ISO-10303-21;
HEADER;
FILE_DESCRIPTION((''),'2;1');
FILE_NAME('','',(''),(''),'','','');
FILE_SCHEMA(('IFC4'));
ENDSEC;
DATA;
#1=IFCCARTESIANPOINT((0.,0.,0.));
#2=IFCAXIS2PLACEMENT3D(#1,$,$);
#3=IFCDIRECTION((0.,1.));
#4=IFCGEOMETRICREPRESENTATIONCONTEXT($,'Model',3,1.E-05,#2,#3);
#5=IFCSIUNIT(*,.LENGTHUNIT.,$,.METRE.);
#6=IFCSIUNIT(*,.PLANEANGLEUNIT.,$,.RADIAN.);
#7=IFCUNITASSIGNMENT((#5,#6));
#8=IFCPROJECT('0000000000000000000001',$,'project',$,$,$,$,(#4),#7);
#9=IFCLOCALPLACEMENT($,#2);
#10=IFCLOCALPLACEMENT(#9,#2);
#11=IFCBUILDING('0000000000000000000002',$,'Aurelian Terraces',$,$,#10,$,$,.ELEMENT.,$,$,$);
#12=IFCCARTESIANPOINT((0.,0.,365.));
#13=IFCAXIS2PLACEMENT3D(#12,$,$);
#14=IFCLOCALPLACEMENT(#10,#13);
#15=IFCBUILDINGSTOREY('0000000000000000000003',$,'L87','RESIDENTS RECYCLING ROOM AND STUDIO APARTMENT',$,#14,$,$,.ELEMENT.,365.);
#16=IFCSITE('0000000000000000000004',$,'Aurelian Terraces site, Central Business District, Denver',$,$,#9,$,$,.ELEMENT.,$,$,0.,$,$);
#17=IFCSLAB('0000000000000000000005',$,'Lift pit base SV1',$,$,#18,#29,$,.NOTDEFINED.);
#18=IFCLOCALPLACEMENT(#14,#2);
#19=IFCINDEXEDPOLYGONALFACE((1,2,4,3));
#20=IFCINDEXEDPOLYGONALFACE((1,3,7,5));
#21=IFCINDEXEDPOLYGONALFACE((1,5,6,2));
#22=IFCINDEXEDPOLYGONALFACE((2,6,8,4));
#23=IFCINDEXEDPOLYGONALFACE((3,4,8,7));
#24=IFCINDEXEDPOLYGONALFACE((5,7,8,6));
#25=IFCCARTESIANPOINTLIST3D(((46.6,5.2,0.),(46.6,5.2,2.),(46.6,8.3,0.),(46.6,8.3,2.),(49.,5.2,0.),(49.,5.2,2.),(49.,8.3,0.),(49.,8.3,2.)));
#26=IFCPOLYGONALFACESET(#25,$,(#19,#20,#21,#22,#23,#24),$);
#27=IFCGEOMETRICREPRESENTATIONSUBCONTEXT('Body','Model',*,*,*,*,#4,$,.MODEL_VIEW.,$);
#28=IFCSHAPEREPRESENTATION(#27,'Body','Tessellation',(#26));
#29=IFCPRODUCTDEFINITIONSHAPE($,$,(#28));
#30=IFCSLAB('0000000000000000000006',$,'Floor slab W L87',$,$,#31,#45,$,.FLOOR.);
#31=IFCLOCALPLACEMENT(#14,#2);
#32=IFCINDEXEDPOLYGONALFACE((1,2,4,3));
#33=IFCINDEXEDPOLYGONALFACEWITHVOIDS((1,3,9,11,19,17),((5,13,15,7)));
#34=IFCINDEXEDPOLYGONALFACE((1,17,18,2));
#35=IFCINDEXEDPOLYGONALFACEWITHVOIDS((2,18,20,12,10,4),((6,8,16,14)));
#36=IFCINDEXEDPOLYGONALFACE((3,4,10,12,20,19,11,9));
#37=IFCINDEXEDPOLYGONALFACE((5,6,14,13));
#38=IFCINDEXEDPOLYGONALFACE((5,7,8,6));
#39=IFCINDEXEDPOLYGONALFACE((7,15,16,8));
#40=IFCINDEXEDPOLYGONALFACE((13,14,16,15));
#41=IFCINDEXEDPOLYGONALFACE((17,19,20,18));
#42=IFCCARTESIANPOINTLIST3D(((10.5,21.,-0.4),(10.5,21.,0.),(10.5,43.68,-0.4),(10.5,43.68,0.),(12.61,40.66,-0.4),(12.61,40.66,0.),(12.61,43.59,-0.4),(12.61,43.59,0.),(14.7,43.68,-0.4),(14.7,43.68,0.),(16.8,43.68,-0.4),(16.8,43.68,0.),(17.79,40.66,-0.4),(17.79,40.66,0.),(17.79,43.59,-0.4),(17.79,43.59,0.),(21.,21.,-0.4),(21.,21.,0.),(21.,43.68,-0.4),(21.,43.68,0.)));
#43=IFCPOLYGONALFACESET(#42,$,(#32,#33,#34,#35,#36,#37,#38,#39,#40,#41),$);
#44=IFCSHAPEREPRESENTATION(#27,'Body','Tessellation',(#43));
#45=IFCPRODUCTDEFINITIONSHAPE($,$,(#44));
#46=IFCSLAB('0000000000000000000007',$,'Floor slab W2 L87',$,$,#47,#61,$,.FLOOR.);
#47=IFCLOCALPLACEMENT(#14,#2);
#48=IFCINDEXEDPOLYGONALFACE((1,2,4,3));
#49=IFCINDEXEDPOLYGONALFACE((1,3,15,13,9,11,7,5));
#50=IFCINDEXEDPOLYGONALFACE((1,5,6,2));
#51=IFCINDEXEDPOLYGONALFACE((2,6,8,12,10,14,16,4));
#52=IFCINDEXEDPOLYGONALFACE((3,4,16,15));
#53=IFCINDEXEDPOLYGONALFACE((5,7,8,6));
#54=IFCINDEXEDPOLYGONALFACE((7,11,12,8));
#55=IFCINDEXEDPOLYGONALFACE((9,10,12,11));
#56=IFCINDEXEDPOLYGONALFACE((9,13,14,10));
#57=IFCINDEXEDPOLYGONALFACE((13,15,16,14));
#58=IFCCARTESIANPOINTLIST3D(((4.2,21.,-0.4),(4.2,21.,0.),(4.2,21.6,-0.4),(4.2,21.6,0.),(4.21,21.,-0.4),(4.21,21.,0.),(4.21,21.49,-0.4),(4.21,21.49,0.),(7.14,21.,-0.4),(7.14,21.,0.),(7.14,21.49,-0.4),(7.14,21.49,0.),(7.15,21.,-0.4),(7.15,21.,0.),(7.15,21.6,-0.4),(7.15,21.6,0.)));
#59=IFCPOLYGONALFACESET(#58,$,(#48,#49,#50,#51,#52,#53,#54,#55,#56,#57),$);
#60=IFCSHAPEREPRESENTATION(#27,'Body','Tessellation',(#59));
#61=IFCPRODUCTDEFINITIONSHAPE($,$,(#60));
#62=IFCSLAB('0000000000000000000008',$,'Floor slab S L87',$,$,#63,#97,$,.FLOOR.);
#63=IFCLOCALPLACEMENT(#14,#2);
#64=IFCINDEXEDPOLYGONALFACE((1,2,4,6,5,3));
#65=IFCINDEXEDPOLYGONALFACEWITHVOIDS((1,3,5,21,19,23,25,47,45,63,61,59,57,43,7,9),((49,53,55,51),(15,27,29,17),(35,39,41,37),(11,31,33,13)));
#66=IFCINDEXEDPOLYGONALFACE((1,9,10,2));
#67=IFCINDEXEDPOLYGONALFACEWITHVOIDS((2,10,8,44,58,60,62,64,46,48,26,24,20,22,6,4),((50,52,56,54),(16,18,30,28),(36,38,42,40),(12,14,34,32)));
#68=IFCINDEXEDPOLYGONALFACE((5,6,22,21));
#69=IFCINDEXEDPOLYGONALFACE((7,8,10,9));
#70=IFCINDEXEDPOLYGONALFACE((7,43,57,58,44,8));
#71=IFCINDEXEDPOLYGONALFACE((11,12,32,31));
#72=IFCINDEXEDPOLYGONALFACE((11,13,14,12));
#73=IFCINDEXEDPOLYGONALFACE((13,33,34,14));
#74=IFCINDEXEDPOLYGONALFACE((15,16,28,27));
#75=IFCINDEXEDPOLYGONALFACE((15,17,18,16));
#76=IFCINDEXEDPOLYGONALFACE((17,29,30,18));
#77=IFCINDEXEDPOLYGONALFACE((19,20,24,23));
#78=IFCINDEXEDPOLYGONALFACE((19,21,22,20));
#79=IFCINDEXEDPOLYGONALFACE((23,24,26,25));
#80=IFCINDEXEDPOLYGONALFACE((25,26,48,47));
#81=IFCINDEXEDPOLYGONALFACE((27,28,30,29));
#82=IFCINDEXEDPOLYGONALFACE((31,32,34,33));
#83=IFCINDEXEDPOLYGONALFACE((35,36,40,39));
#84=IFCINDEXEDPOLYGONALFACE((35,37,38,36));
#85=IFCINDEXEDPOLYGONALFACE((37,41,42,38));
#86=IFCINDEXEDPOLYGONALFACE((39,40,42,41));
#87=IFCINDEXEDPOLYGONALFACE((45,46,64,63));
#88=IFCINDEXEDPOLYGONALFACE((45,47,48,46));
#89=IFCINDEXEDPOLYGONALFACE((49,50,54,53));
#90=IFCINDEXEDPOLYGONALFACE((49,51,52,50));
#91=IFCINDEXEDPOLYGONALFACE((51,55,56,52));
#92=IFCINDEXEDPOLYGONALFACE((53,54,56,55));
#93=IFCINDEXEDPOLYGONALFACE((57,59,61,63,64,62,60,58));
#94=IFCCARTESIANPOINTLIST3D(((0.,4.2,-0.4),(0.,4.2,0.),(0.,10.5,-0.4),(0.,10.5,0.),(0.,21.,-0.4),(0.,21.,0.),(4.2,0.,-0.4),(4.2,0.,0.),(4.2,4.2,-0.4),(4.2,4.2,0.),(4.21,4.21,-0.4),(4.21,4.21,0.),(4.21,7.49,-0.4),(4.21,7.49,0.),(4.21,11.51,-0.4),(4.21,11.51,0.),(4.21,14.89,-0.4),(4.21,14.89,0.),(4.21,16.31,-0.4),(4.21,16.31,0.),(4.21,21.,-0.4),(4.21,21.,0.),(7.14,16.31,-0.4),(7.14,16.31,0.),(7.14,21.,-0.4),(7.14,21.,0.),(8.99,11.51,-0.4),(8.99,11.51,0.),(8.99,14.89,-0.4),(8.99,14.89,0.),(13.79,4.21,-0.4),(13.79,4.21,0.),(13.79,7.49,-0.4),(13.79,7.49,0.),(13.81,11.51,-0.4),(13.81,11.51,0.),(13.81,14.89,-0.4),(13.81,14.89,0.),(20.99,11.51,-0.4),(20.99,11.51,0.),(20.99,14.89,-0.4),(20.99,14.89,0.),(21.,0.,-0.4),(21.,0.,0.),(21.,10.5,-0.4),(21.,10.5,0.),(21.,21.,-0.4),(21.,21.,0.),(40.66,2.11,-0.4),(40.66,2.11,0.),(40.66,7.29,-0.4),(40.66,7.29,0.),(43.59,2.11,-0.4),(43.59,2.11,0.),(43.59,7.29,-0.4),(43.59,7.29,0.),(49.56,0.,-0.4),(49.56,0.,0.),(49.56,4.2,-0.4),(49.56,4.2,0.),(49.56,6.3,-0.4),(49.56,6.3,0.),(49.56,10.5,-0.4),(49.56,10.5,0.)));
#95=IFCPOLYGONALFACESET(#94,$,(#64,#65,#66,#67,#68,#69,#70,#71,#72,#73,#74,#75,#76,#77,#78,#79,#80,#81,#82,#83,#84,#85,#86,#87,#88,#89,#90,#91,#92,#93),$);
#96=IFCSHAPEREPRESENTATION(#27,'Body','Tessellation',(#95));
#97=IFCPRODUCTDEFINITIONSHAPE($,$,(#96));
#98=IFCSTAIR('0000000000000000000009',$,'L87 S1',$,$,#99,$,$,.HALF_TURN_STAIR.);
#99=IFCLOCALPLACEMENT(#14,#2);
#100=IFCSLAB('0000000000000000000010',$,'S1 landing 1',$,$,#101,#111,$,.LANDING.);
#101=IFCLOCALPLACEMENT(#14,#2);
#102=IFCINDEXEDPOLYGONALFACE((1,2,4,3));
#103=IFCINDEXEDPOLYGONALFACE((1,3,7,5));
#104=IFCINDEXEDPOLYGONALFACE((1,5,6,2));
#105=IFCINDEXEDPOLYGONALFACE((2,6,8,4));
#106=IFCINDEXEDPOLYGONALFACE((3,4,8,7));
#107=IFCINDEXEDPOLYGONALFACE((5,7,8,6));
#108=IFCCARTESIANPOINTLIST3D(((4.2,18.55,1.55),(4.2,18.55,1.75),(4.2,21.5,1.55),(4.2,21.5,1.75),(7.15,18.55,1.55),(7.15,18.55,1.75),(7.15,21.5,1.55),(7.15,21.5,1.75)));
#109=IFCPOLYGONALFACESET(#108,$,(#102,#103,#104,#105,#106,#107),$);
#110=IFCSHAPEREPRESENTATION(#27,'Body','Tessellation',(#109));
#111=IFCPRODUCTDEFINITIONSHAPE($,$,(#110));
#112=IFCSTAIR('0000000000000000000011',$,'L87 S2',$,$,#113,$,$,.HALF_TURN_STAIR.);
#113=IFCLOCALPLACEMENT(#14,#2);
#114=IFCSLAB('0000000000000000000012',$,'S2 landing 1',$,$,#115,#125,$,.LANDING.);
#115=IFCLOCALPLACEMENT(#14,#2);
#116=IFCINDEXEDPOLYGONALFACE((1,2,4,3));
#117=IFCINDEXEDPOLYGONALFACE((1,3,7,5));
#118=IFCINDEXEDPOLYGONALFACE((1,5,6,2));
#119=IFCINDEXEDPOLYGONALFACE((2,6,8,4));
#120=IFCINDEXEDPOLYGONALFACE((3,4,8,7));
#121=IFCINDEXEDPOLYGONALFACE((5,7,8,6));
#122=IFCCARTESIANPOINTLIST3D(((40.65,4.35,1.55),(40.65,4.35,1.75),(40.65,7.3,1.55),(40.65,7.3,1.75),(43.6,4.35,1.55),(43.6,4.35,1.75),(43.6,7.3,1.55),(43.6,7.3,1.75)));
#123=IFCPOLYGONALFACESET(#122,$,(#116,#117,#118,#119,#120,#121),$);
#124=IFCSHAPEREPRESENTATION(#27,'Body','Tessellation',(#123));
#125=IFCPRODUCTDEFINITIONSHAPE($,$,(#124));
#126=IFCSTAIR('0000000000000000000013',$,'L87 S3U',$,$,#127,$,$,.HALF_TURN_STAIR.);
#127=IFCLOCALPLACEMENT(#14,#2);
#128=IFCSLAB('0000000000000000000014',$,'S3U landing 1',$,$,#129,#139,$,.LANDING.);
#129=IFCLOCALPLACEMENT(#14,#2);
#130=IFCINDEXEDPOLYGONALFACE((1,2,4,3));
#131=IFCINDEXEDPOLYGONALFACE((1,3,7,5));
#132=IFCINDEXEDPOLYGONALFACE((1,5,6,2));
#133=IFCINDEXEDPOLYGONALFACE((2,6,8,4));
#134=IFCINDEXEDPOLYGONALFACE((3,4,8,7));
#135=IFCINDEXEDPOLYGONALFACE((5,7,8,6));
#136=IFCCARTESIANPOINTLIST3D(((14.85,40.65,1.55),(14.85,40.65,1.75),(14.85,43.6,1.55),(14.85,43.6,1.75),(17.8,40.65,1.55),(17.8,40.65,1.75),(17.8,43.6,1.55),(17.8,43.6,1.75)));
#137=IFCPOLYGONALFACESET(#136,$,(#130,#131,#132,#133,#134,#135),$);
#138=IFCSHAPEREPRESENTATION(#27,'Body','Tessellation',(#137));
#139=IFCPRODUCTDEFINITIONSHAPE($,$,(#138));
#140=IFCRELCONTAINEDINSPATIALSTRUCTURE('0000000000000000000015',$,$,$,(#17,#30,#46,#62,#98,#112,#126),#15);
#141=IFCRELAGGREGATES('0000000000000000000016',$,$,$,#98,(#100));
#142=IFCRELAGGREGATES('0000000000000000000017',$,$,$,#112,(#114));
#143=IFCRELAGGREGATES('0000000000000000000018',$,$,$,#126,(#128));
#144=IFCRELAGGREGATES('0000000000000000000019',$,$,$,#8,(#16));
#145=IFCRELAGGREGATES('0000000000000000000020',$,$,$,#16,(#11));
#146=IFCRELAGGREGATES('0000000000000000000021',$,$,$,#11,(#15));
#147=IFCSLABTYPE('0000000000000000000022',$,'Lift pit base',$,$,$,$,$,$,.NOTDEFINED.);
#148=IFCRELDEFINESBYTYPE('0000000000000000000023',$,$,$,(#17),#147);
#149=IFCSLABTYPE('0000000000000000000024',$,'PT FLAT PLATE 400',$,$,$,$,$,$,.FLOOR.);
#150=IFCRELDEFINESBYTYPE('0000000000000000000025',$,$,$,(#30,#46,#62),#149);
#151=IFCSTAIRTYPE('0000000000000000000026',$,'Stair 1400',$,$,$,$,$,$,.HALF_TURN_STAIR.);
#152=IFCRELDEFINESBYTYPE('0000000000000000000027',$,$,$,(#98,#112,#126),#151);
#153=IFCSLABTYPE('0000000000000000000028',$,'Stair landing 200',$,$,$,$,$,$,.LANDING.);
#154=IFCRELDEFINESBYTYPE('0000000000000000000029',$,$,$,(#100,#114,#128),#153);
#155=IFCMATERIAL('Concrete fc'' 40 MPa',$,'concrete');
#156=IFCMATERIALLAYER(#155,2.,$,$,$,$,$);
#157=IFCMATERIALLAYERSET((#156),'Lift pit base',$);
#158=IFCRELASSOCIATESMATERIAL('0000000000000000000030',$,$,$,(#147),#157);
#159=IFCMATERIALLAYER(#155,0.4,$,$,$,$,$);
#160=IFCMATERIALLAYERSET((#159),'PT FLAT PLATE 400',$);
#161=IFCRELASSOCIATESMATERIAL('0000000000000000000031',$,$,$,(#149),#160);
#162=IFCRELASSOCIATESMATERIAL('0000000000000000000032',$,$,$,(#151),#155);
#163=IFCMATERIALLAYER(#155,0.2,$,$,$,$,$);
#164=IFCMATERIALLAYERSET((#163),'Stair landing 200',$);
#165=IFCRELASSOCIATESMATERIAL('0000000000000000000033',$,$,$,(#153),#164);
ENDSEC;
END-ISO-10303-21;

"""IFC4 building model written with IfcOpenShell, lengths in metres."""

from ifc_helpers import new_model, si_unit, direction, frame, origin, place, context, subcontext, project, spatial, polyline, outline, extrude, source, transform, mapped, material, layer, layer_set, type_object, element, aggregate, save


model = new_model("IFC4")

# Units and contexts
model_context = context("Model", 3, precision=1e-05, world=origin(), true_north=direction((0.0, 1.0)))
body_context = subcontext(model_context, "Body", "Model", "MODEL_VIEW")
ifc_project = project(units=[si_unit("LENGTHUNIT", "METRE"), si_unit("PLANEANGLEUNIT", "RADIAN")], contexts=[model_context])

# Site, building, storey
site_placement = place(None, origin())
site = spatial("IfcSite", under=ifc_project, at=site_placement, Name="Aurelian Terraces site, Central Business District, Denver", CompositionType="ELEMENT", RefElevation=0.0)
building_placement = place(site_placement, origin())
building = spatial("IfcBuilding", under=site, at=building_placement, Name="Aurelian Terraces", CompositionType="ELEMENT")
storey_placement = place(building_placement, frame((0.0, 0.0, 365.0)))
storey = spatial("IfcBuildingStorey", under=building, at=storey_placement, Name="L87", Description="RESIDENTS RECYCLING ROOM AND STUDIO APARTMENT", CompositionType="ELEMENT", Elevation=365.0)

# Slabs
ifc_material_1 = material(Name="Concrete fc' 40 MPa", Category="concrete")
ifc_layer_1 = layer(ifc_material_1, 2.0)
ifc_layer_set_1 = layer_set([ifc_layer_1], Name="Lift pit base")
slab_type_1 = type_object("IfcSlabType", Name="Lift pit base", PredefinedType="NOTDEFINED", material=ifc_layer_set_1)
slab_1_placement = place(storey_placement, origin())
element("IfcSlab", 1, at=slab_1_placement, inside=storey, type_object=slab_type_1, Name="Lift pit base SV1", PredefinedType="NOTDEFINED", context=body_context, shape_type="SweptSolid", body=[
    extrude(outline(polyline([(46.6, 5.2), (49.0, 5.2), (49.0, 8.3), (46.6, 8.3), (46.6, 5.2)])), origin(), (0.0, 0.0, 1.0), 2.0),
])
ifc_layer_2 = layer(ifc_material_1, 0.4)
ifc_layer_set_2 = layer_set([ifc_layer_2], Name="PT FLAT PLATE 400")
slab_type_2 = type_object("IfcSlabType", Name="PT FLAT PLATE 400", PredefinedType="FLOOR", material=ifc_layer_set_2)
shared_shape_1 = source(origin(), body_context, "Body", "SweptSolid", [
    extrude(outline(polyline([(10.5, 43.68), (14.7, 43.68), (16.8, 43.68), (21.0, 43.68), (21.0, 21.0), (10.5, 21.0), (10.5, 43.68)]), holes=[polyline([(17.79, 43.59), (12.61, 43.59), (12.61, 40.66), (17.79, 40.66), (17.79, 43.59)])]), origin(), (0.0, 0.0, 1.0), 0.4),
])
slab_2_placement = place(storey_placement, frame((0.0, 0.0, -0.4)))
element("IfcSlab", 2, at=slab_2_placement, inside=storey, type_object=slab_type_2, Name="Floor slab W L87", PredefinedType="FLOOR", context=body_context, shape_type="MappedRepresentation", body=[
    mapped(shared_shape_1, transform((0.0, 0.0, 0.0), scale=1.0)),
])
shared_shape_2 = source(origin(), body_context, "Body", "SweptSolid", [
    extrude(outline(polyline([(4.2, 21.0), (4.2, 21.6), (7.15, 21.6), (7.15, 21.0), (7.14, 21.0), (7.14, 21.49), (4.21, 21.49), (4.21, 21.0), (4.2, 21.0)])), origin(), (0.0, 0.0, 1.0), 0.4),
])
slab_3_placement = place(storey_placement, frame((0.0, 0.0, -0.4)))
element("IfcSlab", 3, at=slab_3_placement, inside=storey, type_object=slab_type_2, Name="Floor slab W2 L87", PredefinedType="FLOOR", context=body_context, shape_type="MappedRepresentation", body=[
    mapped(shared_shape_2, transform((0.0, 0.0, 0.0), scale=1.0)),
])
shared_shape_3 = source(origin(), body_context, "Body", "SweptSolid", [
    extrude(outline(polyline([(21.0, 0.0), (4.2, 0.0), (4.2, 4.2), (0.0, 4.2), (0.0, 10.5), (0.0, 21.0), (4.21, 21.0), (4.21, 16.31), (7.14, 16.31), (7.14, 21.0), (21.0, 21.0), (21.0, 10.5), (49.56, 10.5), (49.56, 6.3), (49.56, 4.2), (49.56, 0.0), (21.0, 0.0)]), holes=[polyline([(40.66, 2.11), (43.59, 2.11), (43.59, 7.29), (40.66, 7.29), (40.66, 2.11)]), polyline([(13.81, 14.89), (13.81, 11.51), (20.99, 11.51), (20.99, 14.89), (13.81, 14.89)]), polyline([(4.21, 7.49), (4.21, 4.21), (13.79, 4.21), (13.79, 7.49), (4.21, 7.49)]), polyline([(8.99, 11.51), (8.99, 14.89), (4.21, 14.89), (4.21, 11.51), (8.99, 11.51)])]), origin(), (0.0, 0.0, 1.0), 0.4),
])
slab_4_placement = place(storey_placement, frame((0.0, 0.0, -0.4)))
element("IfcSlab", 4, at=slab_4_placement, inside=storey, type_object=slab_type_2, Name="Floor slab S L87", PredefinedType="FLOOR", context=body_context, shape_type="MappedRepresentation", body=[
    mapped(shared_shape_3, transform((0.0, 0.0, 0.0), scale=1.0)),
])

# Stairs, slabs
stair_type = type_object("IfcStairType", Name="Stair 1400", PredefinedType="HALF_TURN_STAIR", material=ifc_material_1)
stair_1_placement = place(storey_placement, origin())
stair_1 = element("IfcStair", 5, at=stair_1_placement, inside=storey, type_object=stair_type, Name="L87 S1", PredefinedType="HALF_TURN_STAIR")
ifc_layer_3 = layer(ifc_material_1, 0.2)
ifc_layer_set_3 = layer_set([ifc_layer_3], Name="Stair landing 200")
slab_type_3 = type_object("IfcSlabType", Name="Stair landing 200", PredefinedType="LANDING", material=ifc_layer_set_3)
shared_shape_4 = source(origin(), body_context, "Body", "SweptSolid", [
    extrude(outline(polyline([(7.15, 18.55), (7.15, 21.5), (4.2, 21.5), (4.2, 18.55), (7.15, 18.55)])), origin(), (0.0, 0.0, 1.0), 0.2),
])
slab_5_placement = place(storey_placement, frame((0.0, 0.0, 1.55)))
slab_5 = element("IfcSlab", 6, at=slab_5_placement, type_object=slab_type_3, Name="S1 landing 1", PredefinedType="LANDING", context=body_context, shape_type="MappedRepresentation", body=[
    mapped(shared_shape_4, transform((0.0, 0.0, 0.0), scale=1.0)),
])
aggregate(stair_1, [slab_5])
stair_2_placement = place(storey_placement, origin())
stair_2 = element("IfcStair", 7, at=stair_2_placement, inside=storey, type_object=stair_type, Name="L87 S2", PredefinedType="HALF_TURN_STAIR")
shared_shape_5 = source(origin(), body_context, "Body", "SweptSolid", [
    extrude(outline(polyline([(43.6, 4.35), (43.6, 7.3), (40.65, 7.3), (40.65, 4.35), (43.6, 4.35)])), origin(), (0.0, 0.0, 1.0), 0.2),
])
slab_6_placement = place(storey_placement, frame((0.0, 0.0, 1.55)))
slab_6 = element("IfcSlab", 8, at=slab_6_placement, type_object=slab_type_3, Name="S2 landing 1", PredefinedType="LANDING", context=body_context, shape_type="MappedRepresentation", body=[
    mapped(shared_shape_5, transform((0.0, 0.0, 0.0), scale=1.0)),
])
aggregate(stair_2, [slab_6])
stair_3_placement = place(storey_placement, origin())
stair_3 = element("IfcStair", 9, at=stair_3_placement, inside=storey, type_object=stair_type, Name="L87 S3U", PredefinedType="HALF_TURN_STAIR")
shared_shape_6 = source(origin(), body_context, "Body", "SweptSolid", [
    extrude(outline(polyline([(14.85, 40.65), (17.8, 40.65), (17.8, 43.6), (14.85, 43.6), (14.85, 40.65)])), origin(), (0.0, 0.0, 1.0), 0.2),
])
slab_7_placement = place(storey_placement, frame((0.0, 0.0, 1.55)))
slab_7 = element("IfcSlab", 10, at=slab_7_placement, type_object=slab_type_3, Name="S3U landing 1", PredefinedType="LANDING", context=body_context, shape_type="MappedRepresentation", body=[
    mapped(shared_shape_6, transform((0.0, 0.0, 0.0), scale=1.0)),
])
aggregate(stair_3, [slab_7])

save(model, "model.ifc")
